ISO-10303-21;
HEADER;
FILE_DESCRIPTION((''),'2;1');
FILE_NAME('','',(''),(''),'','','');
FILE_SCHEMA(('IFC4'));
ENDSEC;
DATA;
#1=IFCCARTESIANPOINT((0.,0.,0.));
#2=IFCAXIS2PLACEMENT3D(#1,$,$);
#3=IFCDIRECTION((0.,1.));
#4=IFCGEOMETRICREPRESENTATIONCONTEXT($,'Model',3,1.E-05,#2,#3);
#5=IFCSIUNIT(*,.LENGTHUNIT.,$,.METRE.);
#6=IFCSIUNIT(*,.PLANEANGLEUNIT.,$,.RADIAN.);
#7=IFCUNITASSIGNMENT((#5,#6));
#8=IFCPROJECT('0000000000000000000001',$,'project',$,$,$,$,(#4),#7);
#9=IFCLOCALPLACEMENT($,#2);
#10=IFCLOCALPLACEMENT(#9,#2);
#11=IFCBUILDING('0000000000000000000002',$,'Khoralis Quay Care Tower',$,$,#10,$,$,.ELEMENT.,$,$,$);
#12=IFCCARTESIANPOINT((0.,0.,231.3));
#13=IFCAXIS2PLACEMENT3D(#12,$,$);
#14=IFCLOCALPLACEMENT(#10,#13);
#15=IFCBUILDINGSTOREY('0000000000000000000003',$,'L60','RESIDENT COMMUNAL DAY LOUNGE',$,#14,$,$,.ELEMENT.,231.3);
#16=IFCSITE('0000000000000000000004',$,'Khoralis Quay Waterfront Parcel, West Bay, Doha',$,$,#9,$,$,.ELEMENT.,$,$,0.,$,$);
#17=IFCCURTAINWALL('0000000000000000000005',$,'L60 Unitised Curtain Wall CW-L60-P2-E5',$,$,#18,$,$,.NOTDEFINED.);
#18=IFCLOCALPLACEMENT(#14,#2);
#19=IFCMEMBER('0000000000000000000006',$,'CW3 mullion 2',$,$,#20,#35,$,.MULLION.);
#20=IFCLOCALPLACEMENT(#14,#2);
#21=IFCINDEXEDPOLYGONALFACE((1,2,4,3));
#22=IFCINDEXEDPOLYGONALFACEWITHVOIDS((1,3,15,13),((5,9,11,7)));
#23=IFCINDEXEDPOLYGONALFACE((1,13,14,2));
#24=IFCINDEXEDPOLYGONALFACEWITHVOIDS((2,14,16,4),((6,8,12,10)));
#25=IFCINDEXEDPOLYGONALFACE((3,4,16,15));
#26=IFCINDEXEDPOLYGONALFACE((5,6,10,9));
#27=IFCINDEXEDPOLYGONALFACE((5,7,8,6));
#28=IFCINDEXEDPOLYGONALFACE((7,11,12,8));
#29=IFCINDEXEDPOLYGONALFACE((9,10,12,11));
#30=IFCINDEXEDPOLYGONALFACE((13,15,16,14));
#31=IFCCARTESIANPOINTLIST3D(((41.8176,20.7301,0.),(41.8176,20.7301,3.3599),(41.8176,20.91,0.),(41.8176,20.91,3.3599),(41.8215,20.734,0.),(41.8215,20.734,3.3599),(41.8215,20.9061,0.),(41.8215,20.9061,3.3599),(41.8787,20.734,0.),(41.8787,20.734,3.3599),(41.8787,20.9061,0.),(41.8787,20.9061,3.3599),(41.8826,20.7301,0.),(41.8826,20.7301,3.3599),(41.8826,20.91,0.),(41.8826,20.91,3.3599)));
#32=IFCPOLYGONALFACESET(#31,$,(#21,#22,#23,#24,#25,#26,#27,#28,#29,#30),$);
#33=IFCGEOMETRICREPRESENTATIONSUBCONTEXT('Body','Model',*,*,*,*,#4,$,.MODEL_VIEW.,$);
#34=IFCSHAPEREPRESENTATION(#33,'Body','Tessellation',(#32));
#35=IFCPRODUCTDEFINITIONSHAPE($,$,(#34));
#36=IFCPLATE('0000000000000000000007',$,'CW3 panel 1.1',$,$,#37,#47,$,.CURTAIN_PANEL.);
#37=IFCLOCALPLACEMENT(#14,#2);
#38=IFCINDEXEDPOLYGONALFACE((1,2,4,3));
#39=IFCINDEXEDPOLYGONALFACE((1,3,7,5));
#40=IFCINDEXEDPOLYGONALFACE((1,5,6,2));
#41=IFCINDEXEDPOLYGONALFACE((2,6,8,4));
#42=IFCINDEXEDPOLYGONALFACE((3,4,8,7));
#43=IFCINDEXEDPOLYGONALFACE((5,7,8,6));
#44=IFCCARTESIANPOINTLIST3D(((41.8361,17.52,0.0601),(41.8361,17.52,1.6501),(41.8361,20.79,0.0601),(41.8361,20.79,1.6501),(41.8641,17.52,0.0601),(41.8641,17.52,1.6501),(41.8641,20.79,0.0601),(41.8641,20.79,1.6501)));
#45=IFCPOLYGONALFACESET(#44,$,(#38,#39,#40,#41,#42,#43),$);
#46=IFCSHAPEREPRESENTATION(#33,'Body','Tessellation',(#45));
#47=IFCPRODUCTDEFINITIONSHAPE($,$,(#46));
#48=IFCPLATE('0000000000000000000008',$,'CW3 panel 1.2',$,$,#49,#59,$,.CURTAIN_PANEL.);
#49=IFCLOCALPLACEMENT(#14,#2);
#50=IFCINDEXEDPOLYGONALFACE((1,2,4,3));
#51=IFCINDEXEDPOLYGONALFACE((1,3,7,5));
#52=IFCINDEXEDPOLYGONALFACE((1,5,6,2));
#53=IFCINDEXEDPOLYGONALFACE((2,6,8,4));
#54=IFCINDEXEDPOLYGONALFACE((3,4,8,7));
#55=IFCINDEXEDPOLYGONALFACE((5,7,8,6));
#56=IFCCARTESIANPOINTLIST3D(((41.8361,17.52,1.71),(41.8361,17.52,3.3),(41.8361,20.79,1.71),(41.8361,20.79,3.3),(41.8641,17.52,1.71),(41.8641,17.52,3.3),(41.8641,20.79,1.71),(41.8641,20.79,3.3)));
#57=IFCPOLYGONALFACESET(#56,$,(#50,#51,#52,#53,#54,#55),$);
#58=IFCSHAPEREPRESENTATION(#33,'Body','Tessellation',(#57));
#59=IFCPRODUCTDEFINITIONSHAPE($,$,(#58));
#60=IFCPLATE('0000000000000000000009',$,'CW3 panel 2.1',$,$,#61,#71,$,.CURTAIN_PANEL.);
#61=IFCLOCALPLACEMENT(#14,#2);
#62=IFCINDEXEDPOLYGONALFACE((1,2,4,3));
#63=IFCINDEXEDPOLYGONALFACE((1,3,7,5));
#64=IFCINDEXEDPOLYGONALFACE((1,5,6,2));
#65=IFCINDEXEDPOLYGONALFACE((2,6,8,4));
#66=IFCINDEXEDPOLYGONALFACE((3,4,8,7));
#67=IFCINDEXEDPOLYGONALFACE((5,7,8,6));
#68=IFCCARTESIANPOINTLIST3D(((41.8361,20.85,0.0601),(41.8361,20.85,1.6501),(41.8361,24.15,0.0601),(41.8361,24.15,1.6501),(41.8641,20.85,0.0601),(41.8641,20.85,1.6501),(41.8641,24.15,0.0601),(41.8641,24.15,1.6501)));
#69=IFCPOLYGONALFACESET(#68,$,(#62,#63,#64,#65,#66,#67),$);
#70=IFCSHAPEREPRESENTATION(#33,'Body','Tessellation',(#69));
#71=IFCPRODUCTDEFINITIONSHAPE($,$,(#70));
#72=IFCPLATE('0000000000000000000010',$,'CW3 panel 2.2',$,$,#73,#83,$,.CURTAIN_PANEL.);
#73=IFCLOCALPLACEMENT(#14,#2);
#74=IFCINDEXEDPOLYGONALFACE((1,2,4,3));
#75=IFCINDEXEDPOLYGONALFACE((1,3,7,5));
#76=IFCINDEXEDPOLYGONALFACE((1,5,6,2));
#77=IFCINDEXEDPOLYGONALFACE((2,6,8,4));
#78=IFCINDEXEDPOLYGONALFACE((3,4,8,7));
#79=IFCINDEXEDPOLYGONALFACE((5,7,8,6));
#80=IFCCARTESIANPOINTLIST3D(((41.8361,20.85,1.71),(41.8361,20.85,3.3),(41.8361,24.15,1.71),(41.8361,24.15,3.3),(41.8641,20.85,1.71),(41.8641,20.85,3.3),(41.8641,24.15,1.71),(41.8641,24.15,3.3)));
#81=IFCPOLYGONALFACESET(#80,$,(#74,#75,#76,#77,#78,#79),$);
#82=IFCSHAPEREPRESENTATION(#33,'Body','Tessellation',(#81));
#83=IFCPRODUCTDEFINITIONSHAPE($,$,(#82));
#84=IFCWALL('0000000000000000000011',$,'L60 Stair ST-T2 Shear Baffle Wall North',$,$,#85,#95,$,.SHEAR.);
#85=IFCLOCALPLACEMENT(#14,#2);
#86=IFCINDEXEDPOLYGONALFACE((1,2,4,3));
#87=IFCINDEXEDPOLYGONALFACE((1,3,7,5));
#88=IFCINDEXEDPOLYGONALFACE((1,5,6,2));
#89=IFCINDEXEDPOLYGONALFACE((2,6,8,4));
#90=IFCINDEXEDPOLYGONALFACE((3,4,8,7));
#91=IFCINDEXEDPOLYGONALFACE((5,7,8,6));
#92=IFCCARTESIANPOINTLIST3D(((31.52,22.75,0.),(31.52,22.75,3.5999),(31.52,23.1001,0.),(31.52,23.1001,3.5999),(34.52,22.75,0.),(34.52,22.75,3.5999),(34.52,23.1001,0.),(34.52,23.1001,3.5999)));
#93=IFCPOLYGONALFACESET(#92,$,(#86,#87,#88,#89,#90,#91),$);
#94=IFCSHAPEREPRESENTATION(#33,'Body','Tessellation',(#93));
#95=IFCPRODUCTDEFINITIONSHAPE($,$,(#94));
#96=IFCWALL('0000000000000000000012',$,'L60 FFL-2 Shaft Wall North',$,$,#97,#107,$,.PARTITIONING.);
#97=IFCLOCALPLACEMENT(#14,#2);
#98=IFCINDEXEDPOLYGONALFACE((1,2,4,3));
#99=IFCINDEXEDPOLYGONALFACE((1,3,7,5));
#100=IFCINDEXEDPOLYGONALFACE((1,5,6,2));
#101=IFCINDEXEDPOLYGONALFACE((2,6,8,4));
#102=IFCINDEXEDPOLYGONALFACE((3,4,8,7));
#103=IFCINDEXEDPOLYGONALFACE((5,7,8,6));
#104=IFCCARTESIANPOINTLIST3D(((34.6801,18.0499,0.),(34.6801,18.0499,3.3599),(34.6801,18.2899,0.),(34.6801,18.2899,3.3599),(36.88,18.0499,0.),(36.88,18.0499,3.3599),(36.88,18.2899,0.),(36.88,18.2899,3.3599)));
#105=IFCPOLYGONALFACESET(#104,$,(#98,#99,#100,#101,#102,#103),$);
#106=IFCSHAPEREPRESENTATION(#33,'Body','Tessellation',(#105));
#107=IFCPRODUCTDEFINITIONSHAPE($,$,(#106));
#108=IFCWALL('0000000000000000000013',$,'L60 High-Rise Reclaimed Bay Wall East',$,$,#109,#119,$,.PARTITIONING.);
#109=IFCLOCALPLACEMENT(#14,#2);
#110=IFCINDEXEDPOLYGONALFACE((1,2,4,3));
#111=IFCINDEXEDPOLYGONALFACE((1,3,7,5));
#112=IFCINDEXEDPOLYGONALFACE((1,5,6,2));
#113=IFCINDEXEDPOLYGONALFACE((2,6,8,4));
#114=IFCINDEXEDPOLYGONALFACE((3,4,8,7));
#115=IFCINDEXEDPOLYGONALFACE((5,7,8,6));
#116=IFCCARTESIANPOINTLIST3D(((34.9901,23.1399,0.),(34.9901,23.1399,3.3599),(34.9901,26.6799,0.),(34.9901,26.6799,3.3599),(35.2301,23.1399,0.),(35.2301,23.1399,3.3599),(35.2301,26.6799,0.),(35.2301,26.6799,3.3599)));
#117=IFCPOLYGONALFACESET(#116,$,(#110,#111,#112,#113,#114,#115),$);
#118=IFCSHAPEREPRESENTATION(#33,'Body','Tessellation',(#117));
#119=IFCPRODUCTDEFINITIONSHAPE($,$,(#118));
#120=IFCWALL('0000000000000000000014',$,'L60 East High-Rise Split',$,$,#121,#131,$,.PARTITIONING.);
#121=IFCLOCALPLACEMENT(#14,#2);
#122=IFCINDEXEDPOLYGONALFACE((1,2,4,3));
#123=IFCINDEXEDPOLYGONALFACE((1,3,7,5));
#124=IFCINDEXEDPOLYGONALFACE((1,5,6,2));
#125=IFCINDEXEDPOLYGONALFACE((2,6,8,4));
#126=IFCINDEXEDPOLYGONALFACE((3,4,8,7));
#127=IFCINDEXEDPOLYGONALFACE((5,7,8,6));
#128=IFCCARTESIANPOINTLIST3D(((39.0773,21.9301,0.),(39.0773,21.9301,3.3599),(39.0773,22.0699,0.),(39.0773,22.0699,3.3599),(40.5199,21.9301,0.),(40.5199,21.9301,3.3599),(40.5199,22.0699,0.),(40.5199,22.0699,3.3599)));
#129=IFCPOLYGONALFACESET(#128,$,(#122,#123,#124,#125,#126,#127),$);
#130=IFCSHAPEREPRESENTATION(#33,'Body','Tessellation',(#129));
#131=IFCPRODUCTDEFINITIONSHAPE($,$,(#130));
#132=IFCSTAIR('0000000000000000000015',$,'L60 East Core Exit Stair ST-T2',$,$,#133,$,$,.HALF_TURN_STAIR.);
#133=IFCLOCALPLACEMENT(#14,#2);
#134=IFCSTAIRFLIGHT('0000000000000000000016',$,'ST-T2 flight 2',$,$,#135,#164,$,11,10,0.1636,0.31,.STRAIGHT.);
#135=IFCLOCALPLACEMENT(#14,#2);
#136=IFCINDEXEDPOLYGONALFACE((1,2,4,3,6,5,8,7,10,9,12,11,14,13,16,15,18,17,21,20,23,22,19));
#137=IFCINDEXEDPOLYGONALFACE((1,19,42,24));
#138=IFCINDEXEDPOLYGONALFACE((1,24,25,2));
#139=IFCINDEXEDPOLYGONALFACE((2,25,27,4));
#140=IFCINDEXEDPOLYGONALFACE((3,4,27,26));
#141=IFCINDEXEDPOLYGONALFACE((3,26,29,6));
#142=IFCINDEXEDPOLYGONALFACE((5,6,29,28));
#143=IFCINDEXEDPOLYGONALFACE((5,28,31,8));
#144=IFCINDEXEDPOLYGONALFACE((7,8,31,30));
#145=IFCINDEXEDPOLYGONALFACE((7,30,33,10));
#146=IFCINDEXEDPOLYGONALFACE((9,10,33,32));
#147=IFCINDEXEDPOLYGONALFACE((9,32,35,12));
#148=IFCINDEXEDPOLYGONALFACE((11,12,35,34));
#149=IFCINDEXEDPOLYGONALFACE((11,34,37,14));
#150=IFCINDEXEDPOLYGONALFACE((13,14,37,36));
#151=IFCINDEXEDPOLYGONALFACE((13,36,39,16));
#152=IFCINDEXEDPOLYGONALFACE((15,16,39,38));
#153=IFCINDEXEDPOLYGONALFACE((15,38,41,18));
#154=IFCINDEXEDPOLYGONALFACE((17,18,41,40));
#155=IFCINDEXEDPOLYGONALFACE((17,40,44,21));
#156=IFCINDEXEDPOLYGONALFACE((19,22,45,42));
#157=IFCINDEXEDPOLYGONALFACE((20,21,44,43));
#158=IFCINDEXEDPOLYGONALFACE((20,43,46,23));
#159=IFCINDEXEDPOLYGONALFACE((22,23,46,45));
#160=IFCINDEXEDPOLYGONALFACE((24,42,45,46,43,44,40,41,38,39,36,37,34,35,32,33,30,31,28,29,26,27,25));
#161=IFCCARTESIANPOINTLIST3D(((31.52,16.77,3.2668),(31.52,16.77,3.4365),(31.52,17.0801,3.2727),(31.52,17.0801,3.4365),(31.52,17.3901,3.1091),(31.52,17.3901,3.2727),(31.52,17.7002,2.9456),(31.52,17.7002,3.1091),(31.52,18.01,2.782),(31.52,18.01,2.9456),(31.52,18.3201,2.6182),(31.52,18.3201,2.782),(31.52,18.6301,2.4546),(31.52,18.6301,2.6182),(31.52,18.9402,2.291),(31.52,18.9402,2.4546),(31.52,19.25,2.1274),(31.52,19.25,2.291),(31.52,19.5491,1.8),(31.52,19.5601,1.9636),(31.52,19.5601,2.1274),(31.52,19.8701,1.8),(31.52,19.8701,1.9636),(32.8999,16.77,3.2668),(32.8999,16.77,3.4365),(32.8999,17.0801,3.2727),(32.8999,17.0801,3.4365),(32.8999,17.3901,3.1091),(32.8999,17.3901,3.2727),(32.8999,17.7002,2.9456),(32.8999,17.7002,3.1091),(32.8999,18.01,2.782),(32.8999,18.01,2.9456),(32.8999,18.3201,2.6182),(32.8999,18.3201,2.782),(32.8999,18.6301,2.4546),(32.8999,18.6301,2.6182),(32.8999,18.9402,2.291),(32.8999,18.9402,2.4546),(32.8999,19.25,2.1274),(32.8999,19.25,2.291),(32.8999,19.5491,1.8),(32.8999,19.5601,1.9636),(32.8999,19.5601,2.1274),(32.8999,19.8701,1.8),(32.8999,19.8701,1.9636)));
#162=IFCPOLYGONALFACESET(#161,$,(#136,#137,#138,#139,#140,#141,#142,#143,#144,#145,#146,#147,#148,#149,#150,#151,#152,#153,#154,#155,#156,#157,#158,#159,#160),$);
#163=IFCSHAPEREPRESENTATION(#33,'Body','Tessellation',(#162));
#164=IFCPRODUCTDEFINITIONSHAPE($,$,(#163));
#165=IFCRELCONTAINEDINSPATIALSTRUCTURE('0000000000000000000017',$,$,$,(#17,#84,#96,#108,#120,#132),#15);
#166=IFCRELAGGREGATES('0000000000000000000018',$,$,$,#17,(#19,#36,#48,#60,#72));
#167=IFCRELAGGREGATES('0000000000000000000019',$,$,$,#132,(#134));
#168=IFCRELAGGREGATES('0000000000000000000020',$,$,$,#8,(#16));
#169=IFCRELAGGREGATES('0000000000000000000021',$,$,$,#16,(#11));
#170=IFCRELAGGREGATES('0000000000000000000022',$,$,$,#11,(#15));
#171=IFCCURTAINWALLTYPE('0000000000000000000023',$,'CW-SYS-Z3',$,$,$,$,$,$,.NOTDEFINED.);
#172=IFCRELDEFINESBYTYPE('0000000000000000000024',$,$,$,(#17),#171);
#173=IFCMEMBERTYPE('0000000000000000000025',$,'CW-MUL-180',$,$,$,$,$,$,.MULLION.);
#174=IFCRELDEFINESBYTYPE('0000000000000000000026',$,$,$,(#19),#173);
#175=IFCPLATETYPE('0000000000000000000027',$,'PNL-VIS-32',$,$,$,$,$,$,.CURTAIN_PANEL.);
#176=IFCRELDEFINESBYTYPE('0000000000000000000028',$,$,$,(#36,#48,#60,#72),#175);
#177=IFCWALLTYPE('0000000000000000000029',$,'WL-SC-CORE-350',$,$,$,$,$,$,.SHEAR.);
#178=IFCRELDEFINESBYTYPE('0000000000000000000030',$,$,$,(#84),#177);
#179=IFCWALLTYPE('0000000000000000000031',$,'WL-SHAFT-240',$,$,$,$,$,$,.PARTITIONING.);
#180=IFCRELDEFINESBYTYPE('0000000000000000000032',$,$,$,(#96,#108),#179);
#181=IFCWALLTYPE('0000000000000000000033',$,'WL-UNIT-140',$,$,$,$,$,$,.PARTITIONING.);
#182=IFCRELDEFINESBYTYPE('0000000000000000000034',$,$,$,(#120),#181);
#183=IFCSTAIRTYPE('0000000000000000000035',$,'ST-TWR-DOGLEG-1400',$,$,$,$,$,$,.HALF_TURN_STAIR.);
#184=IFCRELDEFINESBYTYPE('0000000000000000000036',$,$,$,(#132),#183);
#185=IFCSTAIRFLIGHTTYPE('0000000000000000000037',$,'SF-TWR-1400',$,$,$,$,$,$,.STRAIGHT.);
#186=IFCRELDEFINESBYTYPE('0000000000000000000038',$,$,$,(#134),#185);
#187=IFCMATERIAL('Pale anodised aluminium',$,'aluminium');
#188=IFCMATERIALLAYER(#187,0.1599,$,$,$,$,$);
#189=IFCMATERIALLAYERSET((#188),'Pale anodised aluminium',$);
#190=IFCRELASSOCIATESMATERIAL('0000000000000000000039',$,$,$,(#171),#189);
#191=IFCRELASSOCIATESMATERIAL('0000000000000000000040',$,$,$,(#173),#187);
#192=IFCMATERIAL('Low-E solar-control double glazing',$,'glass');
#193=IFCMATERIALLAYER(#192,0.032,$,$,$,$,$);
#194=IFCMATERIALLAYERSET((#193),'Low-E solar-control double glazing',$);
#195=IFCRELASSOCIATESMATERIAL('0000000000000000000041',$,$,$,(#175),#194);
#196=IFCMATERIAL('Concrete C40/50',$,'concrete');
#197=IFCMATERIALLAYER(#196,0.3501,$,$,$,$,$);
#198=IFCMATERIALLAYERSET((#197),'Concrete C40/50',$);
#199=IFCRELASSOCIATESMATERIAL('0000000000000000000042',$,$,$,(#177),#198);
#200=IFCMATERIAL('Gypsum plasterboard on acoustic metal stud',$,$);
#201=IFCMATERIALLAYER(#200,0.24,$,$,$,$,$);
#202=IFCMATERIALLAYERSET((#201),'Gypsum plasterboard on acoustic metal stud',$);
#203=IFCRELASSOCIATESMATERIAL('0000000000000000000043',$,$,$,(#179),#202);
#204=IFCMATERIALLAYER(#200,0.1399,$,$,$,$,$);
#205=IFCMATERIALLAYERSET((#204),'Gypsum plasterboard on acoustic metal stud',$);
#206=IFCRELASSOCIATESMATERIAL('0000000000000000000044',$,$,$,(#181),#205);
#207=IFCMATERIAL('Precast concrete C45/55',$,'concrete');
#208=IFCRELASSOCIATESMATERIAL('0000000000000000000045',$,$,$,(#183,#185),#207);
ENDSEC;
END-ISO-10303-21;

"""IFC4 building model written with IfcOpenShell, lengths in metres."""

from ifc_helpers import new_model, si_unit, direction, frame, frame_2d, origin, origin_2d, place, context, subcontext, project, spatial, polyline, rectangle, hollow_rectangle, outline, extrude, source, transform, mapped, material, layer, layer_set, material_profile, profile_set, type_object, element, aggregate, save


model = new_model("IFC4")

# Units and contexts
model_context = context("Model", 3, precision=1e-05, world=origin(), true_north=direction((0.0, 1.0)))
body_context = subcontext(model_context, "Body", "Model", "MODEL_VIEW")
ifc_project = project(units=[si_unit("LENGTHUNIT", "METRE"), si_unit("PLANEANGLEUNIT", "RADIAN")], contexts=[model_context])

# Site, building, storey
site_placement = place(None, origin())
site = spatial("IfcSite", under=ifc_project, at=site_placement, Name="Khoralis Quay Waterfront Parcel, West Bay, Doha", CompositionType="ELEMENT", RefElevation=0.0)
building_placement = place(site_placement, origin())
building = spatial("IfcBuilding", under=site, at=building_placement, Name="Khoralis Quay Care Tower", CompositionType="ELEMENT")
storey_placement = place(building_placement, frame((0.0, 0.0, 231.3)))
storey = spatial("IfcBuildingStorey", under=building, at=storey_placement, Name="L60", Description="RESIDENT COMMUNAL DAY LOUNGE", CompositionType="ELEMENT", Elevation=231.3)

# Curtain wall, member, plates
ifc_material_1 = material(Name="Pale anodised aluminium", Category="aluminium")
ifc_layer_1 = layer(ifc_material_1, 0.1599)
ifc_layer_set_1 = layer_set([ifc_layer_1], Name="Pale anodised aluminium")
curtain_wall_type = type_object("IfcCurtainWallType", Name="CW-SYS-Z3", PredefinedType="NOTDEFINED", material=ifc_layer_set_1)
curtain_wall_placement = place(storey_placement, origin())
curtain_wall = element("IfcCurtainWall", 1, at=curtain_wall_placement, inside=storey, type_object=curtain_wall_type, Name="L60 Unitised Curtain Wall CW-L60-P2-E5", PredefinedType="NOTDEFINED")
ifc_material_profile_1 = material_profile(ifc_material_1, hollow_rectangle(XDim=0.0649, YDim=0.1799, WallThickness=0.0039, at=origin_2d()), Name="Pale anodised aluminium")
ifc_profile_set_1 = profile_set([ifc_material_profile_1], Name="Pale anodised aluminium")
member_type_1 = type_object("IfcMemberType", Name="CW-MUL-180", PredefinedType="MULLION", material=ifc_profile_set_1)
shared_shape_1 = source(origin(), body_context, "Body", "SweptSolid", [
    extrude(hollow_rectangle(XDim=0.0649, YDim=0.1799, WallThickness=0.0039, at=origin_2d()), origin(), (0.0, 0.0, 1.0), 3.3599),
])
member_1_placement = place(storey_placement, frame((41.8501, 20.8201, 0.0), z_axis=(0.0, 0.0, 1.0), x_axis=(-1.0, 0.0, 0.0)))
member_1 = element("IfcMember", 2, at=member_1_placement, type_object=member_type_1, Name="CW3 mullion 2", PredefinedType="MULLION", context=body_context, shape_type="MappedRepresentation", body=[
    mapped(shared_shape_1, transform((0.0, 0.0, 0.0), scale=1.0)),
])
ifc_material_2 = material(Name="Low-E solar-control double glazing", Category="glass")
ifc_layer_2 = layer(ifc_material_2, 0.032)
ifc_layer_set_2 = layer_set([ifc_layer_2], Name="Low-E solar-control double glazing")
plate_type = type_object("IfcPlateType", Name="PNL-VIS-32", PredefinedType="CURTAIN_PANEL", material=ifc_layer_set_2)
shared_shape_2 = source(origin(), body_context, "Body", "SweptSolid", [
    extrude(rectangle(XDim=3.27, YDim=0.0281, at=origin_2d()), origin(), (0.0, 0.0, 1.0), 1.5901),
])
plate_1_placement = place(storey_placement, frame((41.8501, 19.155, 0.0601), z_axis=(0.0, 0.0, 1.0), x_axis=(0.0, 1.0, 0.0)))
plate_1 = element("IfcPlate", 3, at=plate_1_placement, type_object=plate_type, Name="CW3 panel 1.1", PredefinedType="CURTAIN_PANEL", context=body_context, shape_type="MappedRepresentation", body=[
    mapped(shared_shape_2, transform((0.0, 0.0, 0.0), scale=1.0)),
])
plate_2_placement = place(storey_placement, frame((41.8501, 19.155, 1.71), z_axis=(0.0, 0.0, 1.0), x_axis=(0.0, 1.0, 0.0)))
plate_2 = element("IfcPlate", 4, at=plate_2_placement, type_object=plate_type, Name="CW3 panel 1.2", PredefinedType="CURTAIN_PANEL", context=body_context, shape_type="MappedRepresentation", body=[
    mapped(shared_shape_2, transform((0.0, 0.0, 0.0), scale=1.0)),
])
shared_shape_3 = source(origin(), body_context, "Body", "SweptSolid", [
    extrude(rectangle(XDim=3.3, YDim=0.0281, at=origin_2d()), origin(), (0.0, 0.0, 1.0), 1.5901),
])
plate_3_placement = place(storey_placement, frame((41.8501, 22.5, 0.0601), z_axis=(0.0, 0.0, 1.0), x_axis=(0.0, 1.0, 0.0)))
plate_3 = element("IfcPlate", 5, at=plate_3_placement, type_object=plate_type, Name="CW3 panel 2.1", PredefinedType="CURTAIN_PANEL", context=body_context, shape_type="MappedRepresentation", body=[
    mapped(shared_shape_3, transform((0.0, 0.0, 0.0), scale=1.0)),
])
plate_4_placement = place(storey_placement, frame((41.8501, 22.5, 1.71), z_axis=(0.0, 0.0, 1.0), x_axis=(0.0, 1.0, 0.0)))
plate_4 = element("IfcPlate", 6, at=plate_4_placement, type_object=plate_type, Name="CW3 panel 2.2", PredefinedType="CURTAIN_PANEL", context=body_context, shape_type="MappedRepresentation", body=[
    mapped(shared_shape_3, transform((0.0, 0.0, 0.0), scale=1.0)),
])
aggregate(curtain_wall, [member_1, plate_1, plate_2, plate_3, plate_4])

# Walls
ifc_material_3 = material(Name="Concrete C40/50", Category="concrete")
ifc_layer_3 = layer(ifc_material_3, 0.3501)
ifc_layer_set_3 = layer_set([ifc_layer_3], Name="Concrete C40/50")
wall_type_1 = type_object("IfcWallType", Name="WL-SC-CORE-350", PredefinedType="SHEAR", material=ifc_layer_set_3)
wall_1_placement = place(storey_placement, frame((31.52, 22.925, 0.0), z_axis=(0.0, 0.0, 1.0), x_axis=(1.0, 0.0, 0.0)))
element("IfcWall", 7, at=wall_1_placement, inside=storey, type_object=wall_type_1, Name="L60 Stair ST-T2 Shear Baffle Wall North", PredefinedType="SHEAR", context=body_context, shape_type="SweptSolid", body=[
    extrude(rectangle(XDim=3.0, YDim=0.3501, at=frame_2d((1.5, 0.0))), origin(), (0.0, 0.0, 1.0), 3.5999),
])
ifc_material_4 = material(Name="Gypsum plasterboard on acoustic metal stud")
ifc_layer_4 = layer(ifc_material_4, 0.24)
ifc_layer_set_4 = layer_set([ifc_layer_4], Name="Gypsum plasterboard on acoustic metal stud")
wall_type_2 = type_object("IfcWallType", Name="WL-SHAFT-240", PredefinedType="PARTITIONING", material=ifc_layer_set_4)
wall_2_placement = place(storey_placement, frame((34.6799, 18.1699, 0.0), z_axis=(0.0, 0.0, 1.0), x_axis=(1.0, 0.0, 0.0)))
element("IfcWall", 8, at=wall_2_placement, inside=storey, type_object=wall_type_2, Name="L60 FFL-2 Shaft Wall North", PredefinedType="PARTITIONING", context=body_context, shape_type="SweptSolid", body=[
    extrude(rectangle(XDim=2.2, YDim=0.24, at=frame_2d((1.1001, 0.0))), origin(), (0.0, 0.0, 1.0), 3.3599),
])
wall_3_placement = place(storey_placement, frame((35.1101, 23.1399, 0.0), z_axis=(0.0, 0.0, 1.0), x_axis=(0.0, 1.0, 0.0)))
element("IfcWall", 9, at=wall_3_placement, inside=storey, type_object=wall_type_2, Name="L60 High-Rise Reclaimed Bay Wall East", PredefinedType="PARTITIONING", context=body_context, shape_type="SweptSolid", body=[
    extrude(rectangle(XDim=3.54, YDim=0.24, at=frame_2d((1.77, 0.0))), origin(), (0.0, 0.0, 1.0), 3.3599),
])
ifc_layer_5 = layer(ifc_material_4, 0.1399)
ifc_layer_set_5 = layer_set([ifc_layer_5], Name="Gypsum plasterboard on acoustic metal stud")
wall_type_3 = type_object("IfcWallType", Name="WL-UNIT-140", PredefinedType="PARTITIONING", material=ifc_layer_set_5)
wall_4_placement = place(storey_placement, frame((39.0774, 22.0, 0.0), z_axis=(0.0, 0.0, 1.0), x_axis=(1.0, 0.0, 0.0)))
element("IfcWall", 10, at=wall_4_placement, inside=storey, type_object=wall_type_3, Name="L60 East High-Rise Split", PredefinedType="PARTITIONING", context=body_context, shape_type="SweptSolid", body=[
    extrude(rectangle(XDim=1.4426, YDim=0.1399, at=frame_2d((0.7212, 0.0))), origin(), (0.0, 0.0, 1.0), 3.3599),
])

# Stair, stair flight
ifc_material_5 = material(Name="Precast concrete C45/55", Category="concrete")
stair_type = type_object("IfcStairType", Name="ST-TWR-DOGLEG-1400", PredefinedType="HALF_TURN_STAIR", material=ifc_material_5)
stair_placement = place(storey_placement, origin())
stair = element("IfcStair", 11, at=stair_placement, inside=storey, type_object=stair_type, Name="L60 East Core Exit Stair ST-T2", PredefinedType="HALF_TURN_STAIR")
stair_flight_type = type_object("IfcStairFlightType", Name="SF-TWR-1400", PredefinedType="STRAIGHT", material=ifc_material_5)
shared_shape_4 = source(origin(), body_context, "Body", "SweptSolid", [
    extrude(outline(polyline([(0.0, 0.0), (0.0, 0.1636), (0.3101, 0.1636), (0.3101, 0.3274), (0.6201, 0.3274), (0.6201, 0.491), (0.9299, 0.491), (0.9299, 0.6545), (1.24, 0.6545), (1.24, 0.8181), (1.55, 0.8181), (1.55, 0.9819), (1.8601, 0.9819), (1.8601, 1.1455), (2.1699, 1.1455), (2.1699, 1.3091), (2.48, 1.3091), (2.48, 1.4727), (2.79, 1.4727), (2.79, 1.6365), (3.1001, 1.6365), (3.1001, 1.8), (3.1001, 1.4668), (0.321, 0.0), (0.0, 0.0)])), frame((0.0, 0.6899, 0.0), z_axis=(0.0, -1.0, 0.0), x_axis=(1.0, 0.0, 0.0)), (0.0, 0.0, 1.0), 1.3799),
])
stair_flight_placement = place(storey_placement, frame((32.21, 19.8701, 1.8), z_axis=(0.0, 0.0, 1.0), x_axis=(0.0, -1.0, 0.0)))
stair_flight = element("IfcStairFlight", 12, at=stair_flight_placement, type_object=stair_flight_type, Name="ST-T2 flight 2", NumberOfRisers=11, NumberOfTreads=10, PredefinedType="STRAIGHT", RiserHeight=0.1636, TreadLength=0.31, context=body_context, shape_type="MappedRepresentation", body=[
    mapped(shared_shape_4, transform((0.0, 0.0, 0.0), scale=1.0)),
])
aggregate(stair, [stair_flight])

save(model, "model.ifc")
